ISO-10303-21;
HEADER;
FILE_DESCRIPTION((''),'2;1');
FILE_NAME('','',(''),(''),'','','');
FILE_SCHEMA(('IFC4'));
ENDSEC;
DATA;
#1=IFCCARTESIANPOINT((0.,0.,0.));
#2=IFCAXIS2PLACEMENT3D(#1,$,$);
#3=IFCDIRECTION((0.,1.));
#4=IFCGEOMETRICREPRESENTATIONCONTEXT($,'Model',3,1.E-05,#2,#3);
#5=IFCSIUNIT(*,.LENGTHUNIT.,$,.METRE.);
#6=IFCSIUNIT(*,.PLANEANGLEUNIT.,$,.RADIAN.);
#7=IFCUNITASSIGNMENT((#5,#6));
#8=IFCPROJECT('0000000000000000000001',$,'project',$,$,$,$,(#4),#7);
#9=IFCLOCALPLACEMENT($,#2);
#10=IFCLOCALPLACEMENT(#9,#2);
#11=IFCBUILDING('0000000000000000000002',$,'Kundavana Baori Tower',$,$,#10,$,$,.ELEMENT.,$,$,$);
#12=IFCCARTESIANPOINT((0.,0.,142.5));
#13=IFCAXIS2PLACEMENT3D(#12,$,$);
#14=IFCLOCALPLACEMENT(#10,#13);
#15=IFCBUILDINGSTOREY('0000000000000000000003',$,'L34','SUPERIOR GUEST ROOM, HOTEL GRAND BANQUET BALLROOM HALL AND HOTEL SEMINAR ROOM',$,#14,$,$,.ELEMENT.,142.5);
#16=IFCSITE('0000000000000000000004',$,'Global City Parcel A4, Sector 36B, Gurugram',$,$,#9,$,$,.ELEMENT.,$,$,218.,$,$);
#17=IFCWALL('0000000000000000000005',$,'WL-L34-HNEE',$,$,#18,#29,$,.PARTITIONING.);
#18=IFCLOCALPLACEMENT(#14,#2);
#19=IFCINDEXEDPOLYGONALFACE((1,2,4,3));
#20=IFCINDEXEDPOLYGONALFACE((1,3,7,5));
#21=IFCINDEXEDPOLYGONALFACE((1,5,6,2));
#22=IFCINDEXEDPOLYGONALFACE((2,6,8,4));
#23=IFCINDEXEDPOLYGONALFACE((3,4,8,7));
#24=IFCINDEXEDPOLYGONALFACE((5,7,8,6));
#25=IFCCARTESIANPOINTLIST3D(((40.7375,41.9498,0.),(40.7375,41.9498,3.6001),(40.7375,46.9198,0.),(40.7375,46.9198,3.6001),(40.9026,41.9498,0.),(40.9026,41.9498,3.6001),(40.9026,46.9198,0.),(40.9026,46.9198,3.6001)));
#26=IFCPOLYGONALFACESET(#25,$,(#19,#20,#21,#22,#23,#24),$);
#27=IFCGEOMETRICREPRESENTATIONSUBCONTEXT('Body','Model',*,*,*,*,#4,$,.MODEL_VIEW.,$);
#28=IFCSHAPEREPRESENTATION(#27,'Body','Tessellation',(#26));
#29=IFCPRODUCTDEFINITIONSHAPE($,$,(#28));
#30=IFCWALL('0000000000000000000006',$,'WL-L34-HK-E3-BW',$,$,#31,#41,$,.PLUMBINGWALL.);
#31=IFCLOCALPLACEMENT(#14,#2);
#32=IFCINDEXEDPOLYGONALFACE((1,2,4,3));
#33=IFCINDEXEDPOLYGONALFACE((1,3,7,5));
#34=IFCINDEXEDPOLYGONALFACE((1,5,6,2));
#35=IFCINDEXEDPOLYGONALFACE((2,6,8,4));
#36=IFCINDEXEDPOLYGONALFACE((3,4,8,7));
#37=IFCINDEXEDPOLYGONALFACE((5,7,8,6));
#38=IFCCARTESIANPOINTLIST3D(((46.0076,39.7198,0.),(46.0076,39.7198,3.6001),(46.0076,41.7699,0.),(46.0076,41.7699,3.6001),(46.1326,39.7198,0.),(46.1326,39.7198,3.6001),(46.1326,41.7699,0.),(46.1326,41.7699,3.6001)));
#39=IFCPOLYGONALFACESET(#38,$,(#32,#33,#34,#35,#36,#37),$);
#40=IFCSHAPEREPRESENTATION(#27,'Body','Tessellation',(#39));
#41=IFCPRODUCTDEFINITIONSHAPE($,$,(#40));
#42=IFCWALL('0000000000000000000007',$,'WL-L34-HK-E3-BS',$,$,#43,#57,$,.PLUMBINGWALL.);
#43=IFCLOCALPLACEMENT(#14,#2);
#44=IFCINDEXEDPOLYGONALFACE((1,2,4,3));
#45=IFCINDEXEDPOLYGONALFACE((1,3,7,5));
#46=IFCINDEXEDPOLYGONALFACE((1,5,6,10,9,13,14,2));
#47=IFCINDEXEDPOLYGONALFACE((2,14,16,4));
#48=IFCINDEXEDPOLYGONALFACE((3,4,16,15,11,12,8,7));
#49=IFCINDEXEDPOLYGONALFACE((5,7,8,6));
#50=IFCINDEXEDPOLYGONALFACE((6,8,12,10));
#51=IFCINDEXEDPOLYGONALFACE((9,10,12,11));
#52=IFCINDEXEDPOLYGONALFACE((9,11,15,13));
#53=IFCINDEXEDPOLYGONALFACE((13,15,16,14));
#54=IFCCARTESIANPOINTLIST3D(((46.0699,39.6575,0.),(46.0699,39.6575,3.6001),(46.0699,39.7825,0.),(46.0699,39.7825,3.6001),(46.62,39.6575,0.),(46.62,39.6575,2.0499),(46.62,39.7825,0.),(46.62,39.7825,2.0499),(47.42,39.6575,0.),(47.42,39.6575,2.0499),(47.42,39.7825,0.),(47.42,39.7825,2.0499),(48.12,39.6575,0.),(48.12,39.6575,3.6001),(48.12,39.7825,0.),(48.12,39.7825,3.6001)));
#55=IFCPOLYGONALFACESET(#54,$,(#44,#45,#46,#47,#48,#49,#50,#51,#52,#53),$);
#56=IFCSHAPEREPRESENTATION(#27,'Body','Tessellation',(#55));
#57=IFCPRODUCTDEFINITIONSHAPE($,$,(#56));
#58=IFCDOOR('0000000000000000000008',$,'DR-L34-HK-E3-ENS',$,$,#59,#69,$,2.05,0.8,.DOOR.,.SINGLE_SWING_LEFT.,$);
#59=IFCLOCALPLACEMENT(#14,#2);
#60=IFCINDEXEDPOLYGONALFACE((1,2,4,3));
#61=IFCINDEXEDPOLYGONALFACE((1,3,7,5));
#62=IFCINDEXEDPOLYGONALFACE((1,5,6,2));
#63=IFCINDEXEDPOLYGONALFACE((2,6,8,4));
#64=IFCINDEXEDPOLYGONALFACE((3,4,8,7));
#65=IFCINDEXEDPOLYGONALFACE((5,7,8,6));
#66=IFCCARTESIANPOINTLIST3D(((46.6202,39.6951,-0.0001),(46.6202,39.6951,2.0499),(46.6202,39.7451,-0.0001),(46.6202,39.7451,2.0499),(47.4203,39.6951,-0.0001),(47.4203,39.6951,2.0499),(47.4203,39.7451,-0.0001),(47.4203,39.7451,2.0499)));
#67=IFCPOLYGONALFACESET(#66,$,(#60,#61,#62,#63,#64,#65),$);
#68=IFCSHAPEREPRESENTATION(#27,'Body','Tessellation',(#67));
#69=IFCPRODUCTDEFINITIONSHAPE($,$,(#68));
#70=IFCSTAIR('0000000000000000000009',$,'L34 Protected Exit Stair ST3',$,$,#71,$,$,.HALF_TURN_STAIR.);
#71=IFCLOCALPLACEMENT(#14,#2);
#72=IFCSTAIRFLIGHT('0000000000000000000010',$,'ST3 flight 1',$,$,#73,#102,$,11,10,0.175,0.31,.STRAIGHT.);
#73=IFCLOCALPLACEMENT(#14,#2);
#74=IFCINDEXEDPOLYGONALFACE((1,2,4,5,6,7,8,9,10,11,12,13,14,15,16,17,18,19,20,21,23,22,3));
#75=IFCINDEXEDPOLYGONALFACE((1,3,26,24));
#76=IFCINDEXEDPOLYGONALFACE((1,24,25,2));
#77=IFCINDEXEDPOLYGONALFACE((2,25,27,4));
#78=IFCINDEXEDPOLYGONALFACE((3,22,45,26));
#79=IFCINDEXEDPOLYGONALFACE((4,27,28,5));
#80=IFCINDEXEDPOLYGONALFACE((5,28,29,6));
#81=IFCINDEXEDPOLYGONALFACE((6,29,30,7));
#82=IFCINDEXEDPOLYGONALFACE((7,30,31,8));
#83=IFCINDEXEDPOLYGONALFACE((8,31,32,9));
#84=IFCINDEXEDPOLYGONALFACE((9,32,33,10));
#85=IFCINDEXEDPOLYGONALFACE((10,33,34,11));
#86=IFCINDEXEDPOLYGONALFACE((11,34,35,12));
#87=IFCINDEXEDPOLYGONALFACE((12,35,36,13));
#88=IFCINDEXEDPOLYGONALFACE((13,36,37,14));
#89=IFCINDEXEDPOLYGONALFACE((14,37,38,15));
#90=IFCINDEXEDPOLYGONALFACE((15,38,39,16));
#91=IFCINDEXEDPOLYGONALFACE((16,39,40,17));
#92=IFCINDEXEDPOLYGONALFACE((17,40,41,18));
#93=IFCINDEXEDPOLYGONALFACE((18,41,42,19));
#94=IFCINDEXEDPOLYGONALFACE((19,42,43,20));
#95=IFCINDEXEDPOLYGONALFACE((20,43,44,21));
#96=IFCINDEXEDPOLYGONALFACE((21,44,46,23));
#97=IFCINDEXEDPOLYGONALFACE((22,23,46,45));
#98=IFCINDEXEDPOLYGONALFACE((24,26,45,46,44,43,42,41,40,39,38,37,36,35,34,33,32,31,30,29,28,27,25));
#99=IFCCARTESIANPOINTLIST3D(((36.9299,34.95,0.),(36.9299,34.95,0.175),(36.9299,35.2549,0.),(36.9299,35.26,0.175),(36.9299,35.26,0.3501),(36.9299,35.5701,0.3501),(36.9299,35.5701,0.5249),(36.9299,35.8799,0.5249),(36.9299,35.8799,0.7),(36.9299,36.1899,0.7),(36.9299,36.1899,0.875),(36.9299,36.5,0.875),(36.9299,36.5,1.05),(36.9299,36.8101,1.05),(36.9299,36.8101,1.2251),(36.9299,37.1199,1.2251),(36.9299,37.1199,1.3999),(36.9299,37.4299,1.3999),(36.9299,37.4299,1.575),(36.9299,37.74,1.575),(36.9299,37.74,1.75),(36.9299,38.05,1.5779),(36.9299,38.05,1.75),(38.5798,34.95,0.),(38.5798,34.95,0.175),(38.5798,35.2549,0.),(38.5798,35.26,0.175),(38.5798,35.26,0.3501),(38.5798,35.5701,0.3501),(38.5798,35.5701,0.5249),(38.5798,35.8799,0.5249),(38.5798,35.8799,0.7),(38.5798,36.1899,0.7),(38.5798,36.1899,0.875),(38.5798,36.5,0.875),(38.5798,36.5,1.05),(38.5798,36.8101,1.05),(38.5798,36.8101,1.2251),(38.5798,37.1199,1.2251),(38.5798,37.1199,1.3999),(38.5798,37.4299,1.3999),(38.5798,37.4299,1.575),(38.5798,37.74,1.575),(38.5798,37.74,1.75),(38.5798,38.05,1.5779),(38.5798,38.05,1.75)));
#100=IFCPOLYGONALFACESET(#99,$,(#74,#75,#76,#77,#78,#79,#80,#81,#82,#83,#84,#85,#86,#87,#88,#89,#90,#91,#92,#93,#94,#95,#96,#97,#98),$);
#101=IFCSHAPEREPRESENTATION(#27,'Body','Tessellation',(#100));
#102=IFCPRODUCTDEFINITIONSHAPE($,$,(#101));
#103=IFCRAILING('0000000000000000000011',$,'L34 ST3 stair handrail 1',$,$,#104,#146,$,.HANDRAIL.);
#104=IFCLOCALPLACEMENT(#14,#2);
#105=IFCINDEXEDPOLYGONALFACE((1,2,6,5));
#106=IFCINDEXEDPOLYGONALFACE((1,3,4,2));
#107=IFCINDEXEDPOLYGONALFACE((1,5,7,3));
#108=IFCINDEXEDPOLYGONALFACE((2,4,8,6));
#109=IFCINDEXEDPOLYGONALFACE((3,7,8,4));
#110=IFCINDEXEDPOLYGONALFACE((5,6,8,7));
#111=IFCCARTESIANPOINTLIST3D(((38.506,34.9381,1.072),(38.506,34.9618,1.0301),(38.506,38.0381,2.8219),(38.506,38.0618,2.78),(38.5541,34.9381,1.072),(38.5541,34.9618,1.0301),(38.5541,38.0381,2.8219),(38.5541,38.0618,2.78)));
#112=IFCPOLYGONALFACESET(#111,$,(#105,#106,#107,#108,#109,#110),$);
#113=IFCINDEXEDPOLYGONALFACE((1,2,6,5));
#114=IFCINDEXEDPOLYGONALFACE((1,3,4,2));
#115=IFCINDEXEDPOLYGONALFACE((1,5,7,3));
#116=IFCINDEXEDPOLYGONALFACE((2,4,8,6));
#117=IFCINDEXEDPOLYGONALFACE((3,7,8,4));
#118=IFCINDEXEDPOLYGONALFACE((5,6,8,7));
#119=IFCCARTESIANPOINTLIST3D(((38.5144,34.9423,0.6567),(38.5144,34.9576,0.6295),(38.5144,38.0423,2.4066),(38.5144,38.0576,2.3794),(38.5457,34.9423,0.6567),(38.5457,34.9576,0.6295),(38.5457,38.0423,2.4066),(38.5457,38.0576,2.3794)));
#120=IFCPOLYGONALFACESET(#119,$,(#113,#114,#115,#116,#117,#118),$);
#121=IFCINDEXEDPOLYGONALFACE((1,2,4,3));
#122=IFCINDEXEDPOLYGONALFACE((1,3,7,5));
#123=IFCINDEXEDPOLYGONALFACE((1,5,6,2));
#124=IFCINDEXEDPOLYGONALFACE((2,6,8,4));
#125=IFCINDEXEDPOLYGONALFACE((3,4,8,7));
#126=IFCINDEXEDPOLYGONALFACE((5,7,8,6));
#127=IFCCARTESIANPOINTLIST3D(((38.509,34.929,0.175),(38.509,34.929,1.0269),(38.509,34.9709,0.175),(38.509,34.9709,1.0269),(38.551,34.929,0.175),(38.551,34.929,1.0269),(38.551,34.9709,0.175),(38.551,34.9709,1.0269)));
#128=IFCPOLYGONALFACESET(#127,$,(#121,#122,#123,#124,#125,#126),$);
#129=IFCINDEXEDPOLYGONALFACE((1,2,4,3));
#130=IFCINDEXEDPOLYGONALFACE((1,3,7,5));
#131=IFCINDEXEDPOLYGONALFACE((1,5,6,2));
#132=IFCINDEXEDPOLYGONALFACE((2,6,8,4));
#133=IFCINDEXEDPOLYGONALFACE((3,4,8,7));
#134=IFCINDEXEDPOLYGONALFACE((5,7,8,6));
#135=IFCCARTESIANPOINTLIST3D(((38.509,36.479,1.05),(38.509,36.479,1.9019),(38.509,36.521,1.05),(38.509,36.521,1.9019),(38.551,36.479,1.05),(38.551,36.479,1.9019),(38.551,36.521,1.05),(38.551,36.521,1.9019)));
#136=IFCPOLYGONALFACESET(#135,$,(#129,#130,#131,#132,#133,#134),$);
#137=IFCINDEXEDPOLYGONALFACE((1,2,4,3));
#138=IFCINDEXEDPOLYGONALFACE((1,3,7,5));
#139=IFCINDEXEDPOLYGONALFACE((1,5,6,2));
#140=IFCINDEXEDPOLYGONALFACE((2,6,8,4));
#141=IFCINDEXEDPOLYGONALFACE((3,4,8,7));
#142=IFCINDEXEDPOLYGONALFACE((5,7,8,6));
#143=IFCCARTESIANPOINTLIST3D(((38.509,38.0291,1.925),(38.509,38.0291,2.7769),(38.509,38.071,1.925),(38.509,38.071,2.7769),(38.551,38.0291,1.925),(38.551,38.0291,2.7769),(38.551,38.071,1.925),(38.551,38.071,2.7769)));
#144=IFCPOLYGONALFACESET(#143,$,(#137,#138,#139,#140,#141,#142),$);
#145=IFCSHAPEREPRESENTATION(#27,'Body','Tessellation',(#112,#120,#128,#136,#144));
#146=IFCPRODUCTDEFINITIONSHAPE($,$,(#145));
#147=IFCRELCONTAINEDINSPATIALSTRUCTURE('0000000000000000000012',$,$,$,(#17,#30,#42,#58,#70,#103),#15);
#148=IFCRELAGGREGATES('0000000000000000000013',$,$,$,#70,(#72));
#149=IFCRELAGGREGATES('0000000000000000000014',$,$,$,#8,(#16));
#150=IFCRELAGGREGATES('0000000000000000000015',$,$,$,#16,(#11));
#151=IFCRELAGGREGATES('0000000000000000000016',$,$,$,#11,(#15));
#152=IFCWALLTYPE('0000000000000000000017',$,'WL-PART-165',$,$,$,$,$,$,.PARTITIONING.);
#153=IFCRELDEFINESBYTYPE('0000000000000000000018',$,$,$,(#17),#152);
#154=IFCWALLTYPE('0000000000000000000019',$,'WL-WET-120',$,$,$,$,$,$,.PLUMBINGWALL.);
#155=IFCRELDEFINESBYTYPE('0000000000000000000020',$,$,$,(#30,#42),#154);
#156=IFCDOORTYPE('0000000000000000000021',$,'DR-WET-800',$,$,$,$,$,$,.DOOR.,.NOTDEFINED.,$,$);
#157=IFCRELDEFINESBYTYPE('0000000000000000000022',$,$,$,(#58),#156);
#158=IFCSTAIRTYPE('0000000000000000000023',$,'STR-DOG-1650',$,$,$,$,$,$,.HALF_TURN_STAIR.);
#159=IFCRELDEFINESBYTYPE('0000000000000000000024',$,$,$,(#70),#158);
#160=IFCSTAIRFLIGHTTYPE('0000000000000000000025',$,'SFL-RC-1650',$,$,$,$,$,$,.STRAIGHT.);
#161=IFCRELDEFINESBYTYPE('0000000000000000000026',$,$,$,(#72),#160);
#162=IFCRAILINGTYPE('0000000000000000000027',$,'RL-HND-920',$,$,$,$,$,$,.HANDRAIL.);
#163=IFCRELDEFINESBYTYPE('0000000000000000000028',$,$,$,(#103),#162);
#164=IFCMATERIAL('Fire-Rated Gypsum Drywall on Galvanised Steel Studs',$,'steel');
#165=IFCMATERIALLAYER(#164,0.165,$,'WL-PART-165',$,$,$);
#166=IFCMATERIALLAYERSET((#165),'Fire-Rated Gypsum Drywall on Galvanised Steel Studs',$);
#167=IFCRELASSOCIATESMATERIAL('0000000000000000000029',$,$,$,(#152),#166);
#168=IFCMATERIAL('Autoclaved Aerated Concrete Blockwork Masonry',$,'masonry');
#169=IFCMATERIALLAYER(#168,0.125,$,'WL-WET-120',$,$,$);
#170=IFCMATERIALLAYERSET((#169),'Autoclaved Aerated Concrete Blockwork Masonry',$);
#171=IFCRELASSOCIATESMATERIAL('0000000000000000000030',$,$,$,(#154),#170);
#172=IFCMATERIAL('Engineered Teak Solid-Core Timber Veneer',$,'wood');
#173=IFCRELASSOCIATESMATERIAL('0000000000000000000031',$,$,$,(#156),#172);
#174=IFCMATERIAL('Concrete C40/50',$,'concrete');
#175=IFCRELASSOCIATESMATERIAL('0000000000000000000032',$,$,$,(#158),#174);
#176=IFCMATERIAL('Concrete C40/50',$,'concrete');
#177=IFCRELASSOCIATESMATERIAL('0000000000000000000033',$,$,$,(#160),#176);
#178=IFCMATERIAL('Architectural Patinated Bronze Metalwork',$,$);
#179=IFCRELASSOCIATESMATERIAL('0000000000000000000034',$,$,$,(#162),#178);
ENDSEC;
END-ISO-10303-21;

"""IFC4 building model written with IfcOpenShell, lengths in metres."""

from ifc_helpers import new_model, si_unit, direction, frame, frame_2d, origin, origin_2d, place, context, subcontext, project, spatial, polyline, rectangle, outline, extrude, material, layer, layer_set, type_object, element, fill, aggregate, save


model = new_model("IFC4")

# Units and contexts
model_context = context("Model", 3, precision=1e-05, world=origin(), true_north=direction((0.0, 1.0)))
body_context = subcontext(model_context, "Body", "Model", "MODEL_VIEW")
ifc_project = project(units=[si_unit("LENGTHUNIT", "METRE"), si_unit("PLANEANGLEUNIT", "RADIAN")], contexts=[model_context])

# Site, building, storey
site_placement = place(None, origin())
site = spatial("IfcSite", under=ifc_project, at=site_placement, Name="Global City Parcel A4, Sector 36B, Gurugram", CompositionType="ELEMENT", RefElevation=218.0)
building_placement = place(site_placement, origin())
building = spatial("IfcBuilding", under=site, at=building_placement, Name="Kundavana Baori Tower", CompositionType="ELEMENT")
storey_placement = place(building_placement, frame((0.0, 0.0, 142.5)))
storey = spatial("IfcBuildingStorey", under=building, at=storey_placement, Name="L34", Description="SUPERIOR GUEST ROOM, HOTEL GRAND BANQUET BALLROOM HALL AND HOTEL SEMINAR ROOM", CompositionType="ELEMENT", Elevation=142.5)

# Walls
ifc_material_1 = material(Name="Fire-Rated Gypsum Drywall on Galvanised Steel Studs", Category="steel")
ifc_layer_1 = layer(ifc_material_1, 0.165, Name="WL-PART-165")
ifc_layer_set_1 = layer_set([ifc_layer_1], Name="Fire-Rated Gypsum Drywall on Galvanised Steel Studs")
wall_type_1 = type_object("IfcWallType", Name="WL-PART-165", PredefinedType="PARTITIONING", material=ifc_layer_set_1)
wall_1_placement = place(storey_placement, frame((40.8201, 41.95, 0.0), z_axis=(0.0, 0.0, 1.0), x_axis=(0.0, 1.0, 0.0)))
element("IfcWall", 1, at=wall_1_placement, inside=storey, type_object=wall_type_1, Name="WL-L34-HNEE", PredefinedType="PARTITIONING", context=body_context, shape_type="SweptSolid", body=[
    extrude(rectangle(XDim=4.97, YDim=0.165, at=frame_2d((2.4849, 0.0))), origin(), (0.0, 0.0, 1.0), 3.6001),
])
ifc_material_2 = material(Name="Autoclaved Aerated Concrete Blockwork Masonry", Category="masonry")
ifc_layer_2 = layer(ifc_material_2, 0.125, Name="WL-WET-120")
ifc_layer_set_2 = layer_set([ifc_layer_2], Name="Autoclaved Aerated Concrete Blockwork Masonry")
wall_type_2 = type_object("IfcWallType", Name="WL-WET-120", PredefinedType="PLUMBINGWALL", material=ifc_layer_set_2)
wall_2_placement = place(storey_placement, frame((46.0701, 39.72, 0.0), z_axis=(0.0, 0.0, 1.0), x_axis=(0.0, 1.0, 0.0)))
element("IfcWall", 2, at=wall_2_placement, inside=storey, type_object=wall_type_2, Name="WL-L34-HK-E3-BW", PredefinedType="PLUMBINGWALL", context=body_context, shape_type="SweptSolid", body=[
    extrude(rectangle(XDim=2.05, YDim=0.125, at=frame_2d((1.0249, 0.0))), origin(), (0.0, 0.0, 1.0), 3.6001),
])

# Wall, opening, door
wall_3_placement = place(storey_placement, frame((46.0701, 39.72, 0.0), z_axis=(0.0, 0.0, 1.0), x_axis=(1.0, 0.0, 0.0)))
wall_3 = element("IfcWall", 3, at=wall_3_placement, inside=storey, type_object=wall_type_2, Name="WL-L34-HK-E3-BS", PredefinedType="PLUMBINGWALL", context=body_context, shape_type="SweptSolid", body=[
    extrude(rectangle(XDim=2.05, YDim=0.125, at=frame_2d((1.0249, 0.0))), origin(), (0.0, 0.0, 1.0), 3.6001),
])
opening_1_placement = place(wall_3_placement, frame((0.55, 0.0, 0.0)))
opening_1 = element("IfcOpeningElement", 4, at=opening_1_placement, cuts=wall_3, PredefinedType="OPENING", context=body_context, shape_type="SweptSolid", body=[
    extrude(rectangle(XDim=0.8, YDim=2.05, at=frame_2d((0.3999, 1.0249))), frame((0.0, 0.0725, 0.0), z_axis=(0.0, -1.0, 0.0), x_axis=(1.0, 0.0, 0.0)), (0.0, 0.0, 1.0), 0.145),
])
ifc_material_3 = material(Name="Engineered Teak Solid-Core Timber Veneer", Category="wood")
door_type_1 = type_object("IfcDoorType", Name="DR-WET-800", OperationType="NOTDEFINED", PredefinedType="DOOR", material=ifc_material_3)
door_1_placement = place(opening_1_placement, frame((0.8, 0.0, 0.0), z_axis=(0.0, 0.0, 1.0), x_axis=(-1.0, 0.0, 0.0)))
door_1 = element("IfcDoor", 5, at=door_1_placement, inside=storey, type_object=door_type_1, Name="DR-L34-HK-E3-ENS", OperationType="SINGLE_SWING_LEFT", OverallHeight=2.05, OverallWidth=0.8, PredefinedType="DOOR", context=body_context, shape_type="SweptSolid", body=[
    extrude(rectangle(XDim=0.8, YDim=2.05, at=frame_2d((0.3999, 1.0249))), frame((0.0, 0.0249, 0.0), z_axis=(0.0, -1.0, 0.0), x_axis=(1.0, 0.0, 0.0)), (0.0, 0.0, 1.0), 0.05),
])
fill(opening_1, door_1)

# Stair, stair flight
ifc_material_4 = material(Name="Concrete C40/50", Category="concrete")
stair_type = type_object("IfcStairType", Name="STR-DOG-1650", PredefinedType="HALF_TURN_STAIR", material=ifc_material_4)
stair_placement = place(storey_placement, origin())
stair = element("IfcStair", 6, at=stair_placement, inside=storey, type_object=stair_type, Name="L34 Protected Exit Stair ST3", PredefinedType="HALF_TURN_STAIR")
ifc_material_5 = material(Name="Concrete C40/50", Category="concrete")
stair_flight_type = type_object("IfcStairFlightType", Name="SFL-RC-1650", PredefinedType="STRAIGHT", material=ifc_material_5)
stair_flight_placement = place(storey_placement, frame((37.7549, 34.95, 0.0), z_axis=(0.0, 0.0, 1.0), x_axis=(0.0, 1.0, 0.0)))
stair_flight = element("IfcStairFlight", 7, at=stair_flight_placement, type_object=stair_flight_type, Name="ST3 flight 1", NumberOfRisers=11, NumberOfTreads=10, PredefinedType="STRAIGHT", RiserHeight=0.175, TreadLength=0.31, context=body_context, shape_type="SweptSolid", body=[
    extrude(outline(polyline([(0.0, 0.0), (0.0, 0.175), (0.3101, 0.175), (0.3101, 0.3501), (0.6201, 0.3501), (0.6201, 0.5249), (0.9299, 0.5249), (0.9299, 0.7), (1.24, 0.7), (1.24, 0.875), (1.55, 0.875), (1.55, 1.05), (1.8601, 1.05), (1.8601, 1.2251), (2.1699, 1.2251), (2.1699, 1.3999), (2.48, 1.3999), (2.48, 1.575), (2.79, 1.575), (2.79, 1.75), (3.1001, 1.75), (3.1001, 1.925), (3.1001, 1.5779), (0.3049, 0.0), (0.0, 0.0)])), frame((0.0, 0.825, 0.0), z_axis=(0.0, -1.0, 0.0), x_axis=(1.0, 0.0, 0.0)), (0.0, 0.0, 1.0), 1.6499),
])
aggregate(stair, [stair_flight])

# Railing
ifc_material_6 = material(Name="Architectural Patinated Bronze Metalwork")
railing_type_1 = type_object("IfcRailingType", Name="RL-HND-920", PredefinedType="HANDRAIL", material=ifc_material_6)
railing_1_placement = place(storey_placement, frame((38.53, 34.95, 0.175)))
element("IfcRailing", 8, at=railing_1_placement, inside=storey, type_object=railing_type_1, Name="L34 ST3 stair handrail 1", PredefinedType="HANDRAIL", context=body_context, shape_type="SweptSolid", body=[
    extrude(rectangle(XDim=0.0481, YDim=0.0481, at=origin_2d()), frame((0.0, 0.0, 0.876), z_axis=(0.0, 0.870831, 0.491583), x_axis=(-1.0, 0.0, 0.0)), (0.0, 0.0, 1.0), 3.5598),
    extrude(rectangle(XDim=0.0312, YDim=0.0312, at=origin_2d()), frame((0.0, 0.0, 0.468), z_axis=(0.0, 0.870831, 0.491583), x_axis=(-1.0, 0.0, 0.0)), (0.0, 0.0, 1.0), 3.5598),
    extrude(rectangle(XDim=0.042, YDim=0.042, at=origin_2d()), origin(), (0.0, 0.0, 1.0), 0.8518),
    extrude(rectangle(XDim=0.042, YDim=0.042, at=origin_2d()), frame((0.0, 1.55, 0.875)), (0.0, 0.0, 1.0), 0.8518),
    extrude(rectangle(XDim=0.042, YDim=0.042, at=origin_2d()), frame((0.0, 3.1001, 1.75)), (0.0, 0.0, 1.0), 0.8518),
])

save(model, "model.ifc")
